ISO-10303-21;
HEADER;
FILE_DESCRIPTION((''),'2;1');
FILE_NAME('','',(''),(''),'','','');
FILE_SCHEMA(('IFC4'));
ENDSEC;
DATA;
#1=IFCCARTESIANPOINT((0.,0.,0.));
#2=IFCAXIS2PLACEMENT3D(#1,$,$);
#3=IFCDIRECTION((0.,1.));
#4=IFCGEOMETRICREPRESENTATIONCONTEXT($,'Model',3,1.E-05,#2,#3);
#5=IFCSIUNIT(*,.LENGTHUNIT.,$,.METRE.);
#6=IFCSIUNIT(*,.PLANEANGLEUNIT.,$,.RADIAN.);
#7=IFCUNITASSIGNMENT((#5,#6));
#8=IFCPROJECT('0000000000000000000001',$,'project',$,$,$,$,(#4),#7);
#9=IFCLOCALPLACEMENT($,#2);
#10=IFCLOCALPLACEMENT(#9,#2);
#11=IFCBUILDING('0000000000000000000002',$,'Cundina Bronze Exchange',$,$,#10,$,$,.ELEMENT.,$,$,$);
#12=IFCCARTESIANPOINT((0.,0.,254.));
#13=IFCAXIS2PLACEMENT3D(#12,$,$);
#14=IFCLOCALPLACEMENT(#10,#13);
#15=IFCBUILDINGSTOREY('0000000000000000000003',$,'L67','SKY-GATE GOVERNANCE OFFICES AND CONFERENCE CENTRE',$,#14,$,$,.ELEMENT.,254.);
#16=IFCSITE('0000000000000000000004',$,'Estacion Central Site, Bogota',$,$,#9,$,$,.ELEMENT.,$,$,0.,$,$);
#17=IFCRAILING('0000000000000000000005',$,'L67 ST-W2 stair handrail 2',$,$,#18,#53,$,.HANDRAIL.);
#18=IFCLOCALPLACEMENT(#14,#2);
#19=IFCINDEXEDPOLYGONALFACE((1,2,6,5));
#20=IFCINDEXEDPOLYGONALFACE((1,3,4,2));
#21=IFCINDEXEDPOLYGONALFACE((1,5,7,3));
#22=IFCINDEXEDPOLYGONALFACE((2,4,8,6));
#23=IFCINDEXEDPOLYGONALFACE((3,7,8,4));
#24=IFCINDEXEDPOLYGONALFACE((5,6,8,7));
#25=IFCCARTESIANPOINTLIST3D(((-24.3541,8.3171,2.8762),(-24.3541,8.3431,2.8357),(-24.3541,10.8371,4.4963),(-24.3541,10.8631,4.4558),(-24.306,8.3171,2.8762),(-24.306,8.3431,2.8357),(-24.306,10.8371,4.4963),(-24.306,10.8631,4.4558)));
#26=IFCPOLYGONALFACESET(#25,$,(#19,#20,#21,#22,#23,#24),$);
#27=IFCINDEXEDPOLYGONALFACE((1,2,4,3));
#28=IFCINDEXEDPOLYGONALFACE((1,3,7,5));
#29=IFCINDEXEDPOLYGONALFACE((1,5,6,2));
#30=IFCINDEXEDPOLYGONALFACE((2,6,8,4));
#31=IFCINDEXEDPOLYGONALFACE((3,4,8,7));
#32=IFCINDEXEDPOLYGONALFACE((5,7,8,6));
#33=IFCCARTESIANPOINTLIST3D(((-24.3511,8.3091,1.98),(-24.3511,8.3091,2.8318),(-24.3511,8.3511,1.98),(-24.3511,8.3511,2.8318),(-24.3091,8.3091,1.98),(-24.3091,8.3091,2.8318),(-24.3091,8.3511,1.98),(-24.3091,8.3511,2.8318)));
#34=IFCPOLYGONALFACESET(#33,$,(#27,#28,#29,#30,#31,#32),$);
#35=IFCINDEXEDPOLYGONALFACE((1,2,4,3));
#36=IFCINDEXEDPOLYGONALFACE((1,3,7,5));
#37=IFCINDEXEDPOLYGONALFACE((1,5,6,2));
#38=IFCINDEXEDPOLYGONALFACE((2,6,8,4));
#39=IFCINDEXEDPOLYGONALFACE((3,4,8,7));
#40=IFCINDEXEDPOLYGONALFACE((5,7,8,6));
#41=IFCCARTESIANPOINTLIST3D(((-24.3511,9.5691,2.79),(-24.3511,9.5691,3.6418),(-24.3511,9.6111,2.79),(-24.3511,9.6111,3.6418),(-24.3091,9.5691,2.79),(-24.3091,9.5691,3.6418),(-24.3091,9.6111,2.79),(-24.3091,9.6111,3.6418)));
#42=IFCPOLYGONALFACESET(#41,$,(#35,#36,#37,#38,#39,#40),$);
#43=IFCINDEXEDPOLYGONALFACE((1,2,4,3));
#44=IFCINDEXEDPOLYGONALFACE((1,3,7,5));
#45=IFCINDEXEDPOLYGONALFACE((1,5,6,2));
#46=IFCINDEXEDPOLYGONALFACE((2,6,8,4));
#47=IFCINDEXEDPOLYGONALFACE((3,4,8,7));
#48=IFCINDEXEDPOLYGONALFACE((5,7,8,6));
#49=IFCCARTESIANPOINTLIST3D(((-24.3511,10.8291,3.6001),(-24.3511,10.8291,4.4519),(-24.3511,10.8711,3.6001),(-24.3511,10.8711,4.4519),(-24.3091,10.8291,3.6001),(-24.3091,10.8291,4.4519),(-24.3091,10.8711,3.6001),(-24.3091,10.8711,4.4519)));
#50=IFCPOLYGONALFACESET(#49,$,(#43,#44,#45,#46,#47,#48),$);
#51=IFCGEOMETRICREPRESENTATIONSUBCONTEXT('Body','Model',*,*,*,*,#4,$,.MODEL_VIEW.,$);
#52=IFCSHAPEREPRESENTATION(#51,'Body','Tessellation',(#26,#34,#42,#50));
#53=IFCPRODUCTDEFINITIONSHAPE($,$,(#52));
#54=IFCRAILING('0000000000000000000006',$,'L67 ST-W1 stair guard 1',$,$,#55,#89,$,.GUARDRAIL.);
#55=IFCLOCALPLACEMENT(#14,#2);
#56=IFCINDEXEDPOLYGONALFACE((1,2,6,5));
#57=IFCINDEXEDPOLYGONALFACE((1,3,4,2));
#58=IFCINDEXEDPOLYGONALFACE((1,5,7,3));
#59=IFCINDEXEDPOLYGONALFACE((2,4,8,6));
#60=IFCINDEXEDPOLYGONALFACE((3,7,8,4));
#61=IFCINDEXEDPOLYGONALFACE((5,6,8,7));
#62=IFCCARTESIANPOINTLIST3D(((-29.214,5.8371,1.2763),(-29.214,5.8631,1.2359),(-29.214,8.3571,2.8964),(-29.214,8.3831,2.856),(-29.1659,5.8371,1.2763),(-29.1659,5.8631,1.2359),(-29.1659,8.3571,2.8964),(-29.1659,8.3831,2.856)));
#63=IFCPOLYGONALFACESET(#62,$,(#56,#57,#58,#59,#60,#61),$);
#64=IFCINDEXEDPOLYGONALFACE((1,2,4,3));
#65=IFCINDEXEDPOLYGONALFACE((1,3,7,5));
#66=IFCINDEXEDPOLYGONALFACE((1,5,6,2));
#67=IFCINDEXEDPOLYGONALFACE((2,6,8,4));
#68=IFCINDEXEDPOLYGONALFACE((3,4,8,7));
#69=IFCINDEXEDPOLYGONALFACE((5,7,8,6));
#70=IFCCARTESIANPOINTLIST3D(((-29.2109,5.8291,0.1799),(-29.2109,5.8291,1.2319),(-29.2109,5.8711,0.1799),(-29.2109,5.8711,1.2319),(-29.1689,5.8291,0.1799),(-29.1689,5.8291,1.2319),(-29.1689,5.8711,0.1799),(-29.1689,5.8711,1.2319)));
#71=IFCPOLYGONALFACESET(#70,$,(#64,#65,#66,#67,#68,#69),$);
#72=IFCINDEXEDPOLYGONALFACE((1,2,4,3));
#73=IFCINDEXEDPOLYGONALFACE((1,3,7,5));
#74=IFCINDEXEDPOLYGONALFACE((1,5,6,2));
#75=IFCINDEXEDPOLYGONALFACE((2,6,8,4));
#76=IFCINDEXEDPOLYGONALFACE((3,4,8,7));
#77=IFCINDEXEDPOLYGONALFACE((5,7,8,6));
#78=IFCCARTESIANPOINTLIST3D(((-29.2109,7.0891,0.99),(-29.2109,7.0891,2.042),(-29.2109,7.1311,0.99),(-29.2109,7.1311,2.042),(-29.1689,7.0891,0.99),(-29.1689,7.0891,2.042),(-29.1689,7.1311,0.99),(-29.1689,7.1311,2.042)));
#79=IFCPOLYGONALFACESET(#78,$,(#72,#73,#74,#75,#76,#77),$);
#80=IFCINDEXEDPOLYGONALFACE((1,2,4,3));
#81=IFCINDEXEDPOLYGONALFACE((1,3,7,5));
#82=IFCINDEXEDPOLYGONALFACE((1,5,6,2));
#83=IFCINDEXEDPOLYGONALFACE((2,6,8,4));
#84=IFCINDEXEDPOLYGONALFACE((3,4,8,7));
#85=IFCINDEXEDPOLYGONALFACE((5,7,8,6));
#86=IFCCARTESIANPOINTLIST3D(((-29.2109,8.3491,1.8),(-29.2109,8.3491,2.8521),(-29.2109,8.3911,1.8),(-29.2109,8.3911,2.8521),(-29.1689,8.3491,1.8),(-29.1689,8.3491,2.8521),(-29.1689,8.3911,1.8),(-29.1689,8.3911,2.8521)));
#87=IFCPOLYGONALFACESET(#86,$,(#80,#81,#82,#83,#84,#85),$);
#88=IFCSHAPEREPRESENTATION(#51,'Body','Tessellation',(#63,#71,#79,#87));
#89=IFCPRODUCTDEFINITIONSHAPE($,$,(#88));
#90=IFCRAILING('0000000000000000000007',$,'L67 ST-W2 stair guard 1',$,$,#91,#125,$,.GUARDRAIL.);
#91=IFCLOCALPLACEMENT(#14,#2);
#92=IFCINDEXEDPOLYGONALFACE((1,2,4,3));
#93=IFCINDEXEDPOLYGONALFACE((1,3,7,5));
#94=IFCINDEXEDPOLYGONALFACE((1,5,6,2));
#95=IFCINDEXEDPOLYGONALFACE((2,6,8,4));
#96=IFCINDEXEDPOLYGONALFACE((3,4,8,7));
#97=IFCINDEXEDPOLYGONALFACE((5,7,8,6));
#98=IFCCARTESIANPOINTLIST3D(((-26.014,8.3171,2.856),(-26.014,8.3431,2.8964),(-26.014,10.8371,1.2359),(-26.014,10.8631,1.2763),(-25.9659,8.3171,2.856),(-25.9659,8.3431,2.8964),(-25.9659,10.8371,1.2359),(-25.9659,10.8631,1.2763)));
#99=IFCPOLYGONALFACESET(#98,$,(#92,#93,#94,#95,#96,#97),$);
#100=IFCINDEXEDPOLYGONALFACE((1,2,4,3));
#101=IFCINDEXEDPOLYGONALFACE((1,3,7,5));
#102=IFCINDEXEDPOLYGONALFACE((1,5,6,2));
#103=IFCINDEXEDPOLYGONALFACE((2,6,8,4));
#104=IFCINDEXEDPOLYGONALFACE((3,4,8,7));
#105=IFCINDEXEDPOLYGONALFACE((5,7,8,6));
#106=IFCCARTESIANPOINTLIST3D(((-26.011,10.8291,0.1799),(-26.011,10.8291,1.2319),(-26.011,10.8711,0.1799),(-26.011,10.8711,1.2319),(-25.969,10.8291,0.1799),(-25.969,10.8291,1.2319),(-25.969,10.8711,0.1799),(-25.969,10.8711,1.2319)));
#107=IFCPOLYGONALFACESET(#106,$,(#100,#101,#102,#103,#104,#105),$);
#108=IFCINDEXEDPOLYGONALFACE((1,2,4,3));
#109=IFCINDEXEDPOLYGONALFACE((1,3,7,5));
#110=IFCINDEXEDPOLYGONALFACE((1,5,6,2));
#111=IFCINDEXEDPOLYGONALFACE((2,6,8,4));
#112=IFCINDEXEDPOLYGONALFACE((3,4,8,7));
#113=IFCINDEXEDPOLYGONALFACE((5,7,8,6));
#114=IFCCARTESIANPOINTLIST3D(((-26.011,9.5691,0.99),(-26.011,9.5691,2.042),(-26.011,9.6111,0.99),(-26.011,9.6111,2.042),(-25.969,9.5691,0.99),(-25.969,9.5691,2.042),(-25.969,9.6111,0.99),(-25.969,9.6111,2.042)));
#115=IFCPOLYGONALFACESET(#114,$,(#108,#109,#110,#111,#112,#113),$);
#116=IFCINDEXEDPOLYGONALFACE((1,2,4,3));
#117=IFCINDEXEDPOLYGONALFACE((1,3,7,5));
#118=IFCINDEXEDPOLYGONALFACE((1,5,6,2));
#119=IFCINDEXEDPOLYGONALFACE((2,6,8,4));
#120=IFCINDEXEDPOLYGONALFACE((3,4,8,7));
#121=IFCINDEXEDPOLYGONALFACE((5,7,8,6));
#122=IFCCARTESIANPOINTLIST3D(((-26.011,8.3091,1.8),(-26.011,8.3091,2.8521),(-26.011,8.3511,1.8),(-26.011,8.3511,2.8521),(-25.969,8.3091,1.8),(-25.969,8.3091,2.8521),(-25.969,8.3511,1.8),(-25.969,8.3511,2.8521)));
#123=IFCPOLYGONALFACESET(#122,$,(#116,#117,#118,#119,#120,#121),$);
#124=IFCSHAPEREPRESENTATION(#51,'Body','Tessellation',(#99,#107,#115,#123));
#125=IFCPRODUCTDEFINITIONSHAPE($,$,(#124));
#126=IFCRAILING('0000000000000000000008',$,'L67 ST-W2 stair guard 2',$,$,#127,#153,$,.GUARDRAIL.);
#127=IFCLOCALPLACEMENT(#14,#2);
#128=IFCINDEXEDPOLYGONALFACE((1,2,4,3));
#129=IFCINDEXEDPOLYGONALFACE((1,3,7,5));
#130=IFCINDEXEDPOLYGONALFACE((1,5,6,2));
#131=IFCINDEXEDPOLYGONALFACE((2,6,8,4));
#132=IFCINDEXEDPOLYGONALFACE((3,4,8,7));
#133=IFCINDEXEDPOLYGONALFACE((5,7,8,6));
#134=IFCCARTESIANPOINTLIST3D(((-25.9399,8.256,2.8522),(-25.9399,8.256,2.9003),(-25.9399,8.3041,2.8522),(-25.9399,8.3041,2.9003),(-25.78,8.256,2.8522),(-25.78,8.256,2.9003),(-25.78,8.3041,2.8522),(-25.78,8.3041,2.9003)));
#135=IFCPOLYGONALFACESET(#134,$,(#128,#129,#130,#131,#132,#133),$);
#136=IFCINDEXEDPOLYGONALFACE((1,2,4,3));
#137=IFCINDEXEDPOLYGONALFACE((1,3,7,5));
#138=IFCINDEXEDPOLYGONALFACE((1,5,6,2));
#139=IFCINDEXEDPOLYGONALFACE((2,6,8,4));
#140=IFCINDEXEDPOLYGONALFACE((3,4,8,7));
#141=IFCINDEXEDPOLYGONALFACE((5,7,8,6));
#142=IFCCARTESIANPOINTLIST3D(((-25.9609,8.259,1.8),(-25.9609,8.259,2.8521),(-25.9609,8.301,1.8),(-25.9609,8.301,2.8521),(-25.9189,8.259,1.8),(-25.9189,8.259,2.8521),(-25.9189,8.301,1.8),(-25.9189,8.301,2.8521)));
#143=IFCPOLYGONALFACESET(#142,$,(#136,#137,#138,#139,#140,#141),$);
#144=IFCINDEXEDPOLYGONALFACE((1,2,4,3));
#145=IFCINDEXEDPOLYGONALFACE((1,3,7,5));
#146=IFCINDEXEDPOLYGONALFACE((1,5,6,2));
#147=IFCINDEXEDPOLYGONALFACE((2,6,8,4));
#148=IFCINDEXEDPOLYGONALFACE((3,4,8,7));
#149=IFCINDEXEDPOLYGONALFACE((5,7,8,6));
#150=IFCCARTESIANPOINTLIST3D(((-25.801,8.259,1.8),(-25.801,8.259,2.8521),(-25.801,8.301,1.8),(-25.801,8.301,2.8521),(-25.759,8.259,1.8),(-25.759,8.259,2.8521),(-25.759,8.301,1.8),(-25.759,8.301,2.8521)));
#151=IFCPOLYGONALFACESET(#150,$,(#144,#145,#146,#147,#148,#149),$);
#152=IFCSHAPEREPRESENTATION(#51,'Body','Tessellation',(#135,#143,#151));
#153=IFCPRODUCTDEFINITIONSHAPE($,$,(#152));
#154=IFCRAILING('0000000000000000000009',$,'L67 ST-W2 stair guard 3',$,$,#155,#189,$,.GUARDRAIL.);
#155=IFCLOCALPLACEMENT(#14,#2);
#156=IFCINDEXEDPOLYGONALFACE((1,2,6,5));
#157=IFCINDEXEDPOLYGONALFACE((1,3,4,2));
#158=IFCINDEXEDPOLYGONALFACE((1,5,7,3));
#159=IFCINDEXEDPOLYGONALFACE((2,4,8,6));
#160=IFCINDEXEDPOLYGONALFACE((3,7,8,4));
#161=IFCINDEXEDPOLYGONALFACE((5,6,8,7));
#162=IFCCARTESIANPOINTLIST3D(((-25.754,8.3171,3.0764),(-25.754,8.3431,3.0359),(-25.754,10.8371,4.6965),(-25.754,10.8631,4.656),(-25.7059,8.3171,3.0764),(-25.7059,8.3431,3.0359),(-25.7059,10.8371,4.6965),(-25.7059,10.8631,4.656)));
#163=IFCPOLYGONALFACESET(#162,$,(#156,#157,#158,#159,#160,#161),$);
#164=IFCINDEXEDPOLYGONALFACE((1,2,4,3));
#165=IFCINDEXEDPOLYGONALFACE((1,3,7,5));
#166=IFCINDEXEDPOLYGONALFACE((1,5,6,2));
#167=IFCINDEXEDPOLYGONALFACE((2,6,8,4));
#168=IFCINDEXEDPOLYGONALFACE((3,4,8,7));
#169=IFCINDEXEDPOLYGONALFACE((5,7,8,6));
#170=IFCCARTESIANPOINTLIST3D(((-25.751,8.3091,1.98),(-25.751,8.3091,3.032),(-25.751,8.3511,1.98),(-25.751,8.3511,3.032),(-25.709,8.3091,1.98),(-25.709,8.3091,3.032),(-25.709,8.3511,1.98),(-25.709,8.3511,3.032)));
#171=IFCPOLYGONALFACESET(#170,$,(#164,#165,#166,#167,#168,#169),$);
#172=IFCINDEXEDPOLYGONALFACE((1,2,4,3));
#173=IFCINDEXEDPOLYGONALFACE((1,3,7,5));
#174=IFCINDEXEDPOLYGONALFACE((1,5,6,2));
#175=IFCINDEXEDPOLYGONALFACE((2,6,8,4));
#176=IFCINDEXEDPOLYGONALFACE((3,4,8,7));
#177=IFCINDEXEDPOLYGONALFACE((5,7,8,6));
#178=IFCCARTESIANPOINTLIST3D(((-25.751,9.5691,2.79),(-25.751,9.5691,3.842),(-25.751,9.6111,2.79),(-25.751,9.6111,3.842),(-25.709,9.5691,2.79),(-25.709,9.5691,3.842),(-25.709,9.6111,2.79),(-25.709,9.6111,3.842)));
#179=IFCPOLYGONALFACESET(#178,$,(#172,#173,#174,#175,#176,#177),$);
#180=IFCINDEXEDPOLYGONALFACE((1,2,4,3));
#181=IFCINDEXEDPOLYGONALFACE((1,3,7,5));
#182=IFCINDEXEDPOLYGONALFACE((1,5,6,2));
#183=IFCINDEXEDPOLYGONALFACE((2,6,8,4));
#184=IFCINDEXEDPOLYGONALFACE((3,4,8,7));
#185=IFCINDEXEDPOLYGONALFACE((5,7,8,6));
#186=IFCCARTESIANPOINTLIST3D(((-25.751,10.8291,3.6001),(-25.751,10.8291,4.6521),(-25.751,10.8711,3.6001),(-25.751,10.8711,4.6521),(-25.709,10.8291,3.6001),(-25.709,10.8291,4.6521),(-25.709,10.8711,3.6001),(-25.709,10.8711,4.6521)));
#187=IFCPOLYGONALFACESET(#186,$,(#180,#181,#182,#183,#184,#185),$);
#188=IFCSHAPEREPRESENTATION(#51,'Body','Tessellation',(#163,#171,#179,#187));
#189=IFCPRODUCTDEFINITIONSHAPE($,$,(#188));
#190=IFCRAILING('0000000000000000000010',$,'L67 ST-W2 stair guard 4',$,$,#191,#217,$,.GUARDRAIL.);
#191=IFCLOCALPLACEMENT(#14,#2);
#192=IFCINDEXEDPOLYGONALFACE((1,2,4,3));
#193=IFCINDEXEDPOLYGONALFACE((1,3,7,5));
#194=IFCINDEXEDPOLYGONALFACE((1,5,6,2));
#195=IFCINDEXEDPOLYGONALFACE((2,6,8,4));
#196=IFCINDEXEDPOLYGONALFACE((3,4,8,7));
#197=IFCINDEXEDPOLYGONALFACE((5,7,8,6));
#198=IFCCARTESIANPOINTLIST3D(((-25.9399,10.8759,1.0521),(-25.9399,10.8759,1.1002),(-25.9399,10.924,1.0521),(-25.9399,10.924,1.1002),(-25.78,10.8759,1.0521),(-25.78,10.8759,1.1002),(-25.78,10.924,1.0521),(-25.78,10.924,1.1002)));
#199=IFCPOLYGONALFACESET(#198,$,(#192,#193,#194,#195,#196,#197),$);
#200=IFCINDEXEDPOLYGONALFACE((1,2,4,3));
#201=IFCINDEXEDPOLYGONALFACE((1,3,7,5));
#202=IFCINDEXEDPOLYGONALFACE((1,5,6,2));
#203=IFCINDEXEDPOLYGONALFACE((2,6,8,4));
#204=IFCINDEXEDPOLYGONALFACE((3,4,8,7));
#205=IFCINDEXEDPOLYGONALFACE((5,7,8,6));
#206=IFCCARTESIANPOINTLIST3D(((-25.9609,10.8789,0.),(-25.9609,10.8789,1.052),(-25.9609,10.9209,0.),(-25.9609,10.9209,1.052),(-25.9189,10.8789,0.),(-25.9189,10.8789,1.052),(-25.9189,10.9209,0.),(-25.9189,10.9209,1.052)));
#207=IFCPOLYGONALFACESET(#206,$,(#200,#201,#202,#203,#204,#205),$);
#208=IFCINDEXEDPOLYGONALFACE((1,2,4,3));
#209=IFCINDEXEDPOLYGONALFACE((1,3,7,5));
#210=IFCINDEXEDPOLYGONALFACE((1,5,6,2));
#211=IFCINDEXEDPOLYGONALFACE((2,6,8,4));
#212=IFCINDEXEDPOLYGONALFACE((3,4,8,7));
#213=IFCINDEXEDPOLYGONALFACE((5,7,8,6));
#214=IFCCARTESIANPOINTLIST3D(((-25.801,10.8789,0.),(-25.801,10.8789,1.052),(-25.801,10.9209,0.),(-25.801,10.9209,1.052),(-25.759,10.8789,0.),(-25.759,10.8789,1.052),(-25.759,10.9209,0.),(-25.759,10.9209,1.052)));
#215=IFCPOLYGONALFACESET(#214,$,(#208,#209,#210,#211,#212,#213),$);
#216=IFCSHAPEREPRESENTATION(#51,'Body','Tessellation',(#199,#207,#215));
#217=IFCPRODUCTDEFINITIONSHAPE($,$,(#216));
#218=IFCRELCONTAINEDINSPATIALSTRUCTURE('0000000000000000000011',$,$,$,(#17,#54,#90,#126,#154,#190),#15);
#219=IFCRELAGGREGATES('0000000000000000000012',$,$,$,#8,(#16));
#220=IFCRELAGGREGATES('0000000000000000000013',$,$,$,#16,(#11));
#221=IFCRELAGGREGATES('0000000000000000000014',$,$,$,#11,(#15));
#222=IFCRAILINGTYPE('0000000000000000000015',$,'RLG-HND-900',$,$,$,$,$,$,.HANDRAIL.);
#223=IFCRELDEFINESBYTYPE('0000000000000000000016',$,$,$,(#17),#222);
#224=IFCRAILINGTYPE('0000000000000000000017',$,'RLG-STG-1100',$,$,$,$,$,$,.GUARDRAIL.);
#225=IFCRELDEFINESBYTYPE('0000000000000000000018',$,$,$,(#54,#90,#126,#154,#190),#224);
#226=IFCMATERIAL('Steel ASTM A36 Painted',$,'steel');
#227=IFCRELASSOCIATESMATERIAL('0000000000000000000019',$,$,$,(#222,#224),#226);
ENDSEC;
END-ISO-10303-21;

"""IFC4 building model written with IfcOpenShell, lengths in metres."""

from ifc_helpers import new_model, si_unit, direction, frame, origin, origin_2d, place, context, subcontext, project, spatial, rectangle, extrude, material, type_object, element, save


model = new_model("IFC4")

# Units and contexts
model_context = context("Model", 3, precision=1e-05, world=origin(), true_north=direction((0.0, 1.0)))
body_context = subcontext(model_context, "Body", "Model", "MODEL_VIEW")
ifc_project = project(units=[si_unit("LENGTHUNIT", "METRE"), si_unit("PLANEANGLEUNIT", "RADIAN")], contexts=[model_context])

# Site, building, storey
site_placement = place(None, origin())
site = spatial("IfcSite", under=ifc_project, at=site_placement, Name="Estacion Central Site, Bogota", CompositionType="ELEMENT", RefElevation=0.0)
building_placement = place(site_placement, origin())
building = spatial("IfcBuilding", under=site, at=building_placement, Name="Cundina Bronze Exchange", CompositionType="ELEMENT")
storey_placement = place(building_placement, frame((0.0, 0.0, 254.0)))
storey = spatial("IfcBuildingStorey", under=building, at=storey_placement, Name="L67", Description="SKY-GATE GOVERNANCE OFFICES AND CONFERENCE CENTRE", CompositionType="ELEMENT", Elevation=254.0)

# Shared definitions
ifc_material_1 = material(Name="Steel ASTM A36 Painted", Category="steel")

# Railings
railing_type_1 = type_object("IfcRailingType", Name="RLG-HND-900", PredefinedType="HANDRAIL", material=ifc_material_1)
railing_1_placement = place(storey_placement, frame((-24.3301, 8.3301, 1.98)))
element("IfcRailing", 1, at=railing_1_placement, inside=storey, type_object=railing_type_1, Name="L67 ST-W2 stair handrail 2", PredefinedType="HANDRAIL", context=body_context, shape_type="SweptSolid", body=[
    extrude(rectangle(XDim=0.0481, YDim=0.0481, at=origin_2d()), frame((0.0, 0.0, 0.876), z_axis=(0.0, 0.841163, 0.540782), x_axis=(-1.0, 0.0, 0.0)), (0.0, 0.0, 1.0), 2.9958),
    extrude(rectangle(XDim=0.042, YDim=0.042, at=origin_2d()), origin(), (0.0, 0.0, 1.0), 0.8518),
    extrude(rectangle(XDim=0.042, YDim=0.042, at=origin_2d()), frame((0.0, 1.26, 0.8101)), (0.0, 0.0, 1.0), 0.8518),
    extrude(rectangle(XDim=0.042, YDim=0.042, at=origin_2d()), frame((0.0, 2.52, 1.6201)), (0.0, 0.0, 1.0), 0.8518),
])
railing_type_2 = type_object("IfcRailingType", Name="RLG-STG-1100", PredefinedType="GUARDRAIL", material=ifc_material_1)
railing_2_placement = place(storey_placement, frame((-29.1899, 5.8501, 0.1799)))
element("IfcRailing", 2, at=railing_2_placement, inside=storey, type_object=railing_type_2, Name="L67 ST-W1 stair guard 1", PredefinedType="GUARDRAIL", context=body_context, shape_type="SweptSolid", body=[
    extrude(rectangle(XDim=0.0481, YDim=0.0481, at=origin_2d()), frame((0.0, 0.0, 1.0762), z_axis=(0.0, 0.841163, 0.540782), x_axis=(-1.0, 0.0, 0.0)), (0.0, 0.0, 1.0), 2.9958),
    extrude(rectangle(XDim=0.042, YDim=0.042, at=origin_2d()), origin(), (0.0, 0.0, 1.0), 1.052),
    extrude(rectangle(XDim=0.042, YDim=0.042, at=origin_2d()), frame((0.0, 1.26, 0.8101)), (0.0, 0.0, 1.0), 1.052),
    extrude(rectangle(XDim=0.042, YDim=0.042, at=origin_2d()), frame((0.0, 2.52, 1.6201)), (0.0, 0.0, 1.0), 1.052),
])
railing_3_placement = place(storey_placement, frame((-25.99, 10.8501, 0.1799)))
element("IfcRailing", 3, at=railing_3_placement, inside=storey, type_object=railing_type_2, Name="L67 ST-W2 stair guard 1", PredefinedType="GUARDRAIL", context=body_context, shape_type="SweptSolid", body=[
    extrude(rectangle(XDim=0.0481, YDim=0.0481, at=origin_2d()), frame((0.0, 0.0, 1.0762), z_axis=(0.0, -0.841163, 0.540782), x_axis=(1.0, 0.0, 0.0)), (0.0, 0.0, 1.0), 2.9958),
    extrude(rectangle(XDim=0.042, YDim=0.042, at=origin_2d()), origin(), (0.0, 0.0, 1.0), 1.052),
    extrude(rectangle(XDim=0.042, YDim=0.042, at=origin_2d()), frame((0.0, -1.26, 0.8101)), (0.0, 0.0, 1.0), 1.052),
    extrude(rectangle(XDim=0.042, YDim=0.042, at=origin_2d()), frame((0.0, -2.52, 1.6201)), (0.0, 0.0, 1.0), 1.052),
])
railing_4_placement = place(storey_placement, frame((-25.9399, 8.28, 1.8)))
element("IfcRailing", 4, at=railing_4_placement, inside=storey, type_object=railing_type_2, Name="L67 ST-W2 stair guard 2", PredefinedType="GUARDRAIL", context=body_context, shape_type="SweptSolid", body=[
    extrude(rectangle(XDim=0.0481, YDim=0.0481, at=origin_2d()), frame((0.0, 0.0, 1.0762), z_axis=(1.0, 0.0, 0.0), x_axis=(0.0, 1.0, 0.0)), (0.0, 0.0, 1.0), 0.1599),
    extrude(rectangle(XDim=0.042, YDim=0.042, at=origin_2d()), origin(), (0.0, 0.0, 1.0), 1.052),
    extrude(rectangle(XDim=0.042, YDim=0.042, at=origin_2d()), frame((0.1599, 0.0, 0.0)), (0.0, 0.0, 1.0), 1.052),
])
railing_5_placement = place(storey_placement, frame((-25.73, 8.3301, 1.98)))
element("IfcRailing", 5, at=railing_5_placement, inside=storey, type_object=railing_type_2, Name="L67 ST-W2 stair guard 3", PredefinedType="GUARDRAIL", context=body_context, shape_type="SweptSolid", body=[
    extrude(rectangle(XDim=0.0481, YDim=0.0481, at=origin_2d()), frame((0.0, 0.0, 1.0762), z_axis=(0.0, 0.841163, 0.540782), x_axis=(-1.0, 0.0, 0.0)), (0.0, 0.0, 1.0), 2.9958),
    extrude(rectangle(XDim=0.042, YDim=0.042, at=origin_2d()), origin(), (0.0, 0.0, 1.0), 1.052),
    extrude(rectangle(XDim=0.042, YDim=0.042, at=origin_2d()), frame((0.0, 1.26, 0.8101)), (0.0, 0.0, 1.0), 1.052),
    extrude(rectangle(XDim=0.042, YDim=0.042, at=origin_2d()), frame((0.0, 2.52, 1.6201)), (0.0, 0.0, 1.0), 1.052),
])
railing_6_placement = place(storey_placement, frame((-25.9399, 10.8999, 0.0)))
element("IfcRailing", 6, at=railing_6_placement, inside=storey, type_object=railing_type_2, Name="L67 ST-W2 stair guard 4", PredefinedType="GUARDRAIL", context=body_context, shape_type="SweptSolid", body=[
    extrude(rectangle(XDim=0.0481, YDim=0.0481, at=origin_2d()), frame((0.0, 0.0, 1.0762), z_axis=(1.0, 0.0, 0.0), x_axis=(0.0, 1.0, 0.0)), (0.0, 0.0, 1.0), 0.1599),
    extrude(rectangle(XDim=0.042, YDim=0.042, at=origin_2d()), origin(), (0.0, 0.0, 1.0), 1.052),
    extrude(rectangle(XDim=0.042, YDim=0.042, at=origin_2d()), frame((0.1599, 0.0, 0.0)), (0.0, 0.0, 1.0), 1.052),
])

save(model, "model.ifc")
